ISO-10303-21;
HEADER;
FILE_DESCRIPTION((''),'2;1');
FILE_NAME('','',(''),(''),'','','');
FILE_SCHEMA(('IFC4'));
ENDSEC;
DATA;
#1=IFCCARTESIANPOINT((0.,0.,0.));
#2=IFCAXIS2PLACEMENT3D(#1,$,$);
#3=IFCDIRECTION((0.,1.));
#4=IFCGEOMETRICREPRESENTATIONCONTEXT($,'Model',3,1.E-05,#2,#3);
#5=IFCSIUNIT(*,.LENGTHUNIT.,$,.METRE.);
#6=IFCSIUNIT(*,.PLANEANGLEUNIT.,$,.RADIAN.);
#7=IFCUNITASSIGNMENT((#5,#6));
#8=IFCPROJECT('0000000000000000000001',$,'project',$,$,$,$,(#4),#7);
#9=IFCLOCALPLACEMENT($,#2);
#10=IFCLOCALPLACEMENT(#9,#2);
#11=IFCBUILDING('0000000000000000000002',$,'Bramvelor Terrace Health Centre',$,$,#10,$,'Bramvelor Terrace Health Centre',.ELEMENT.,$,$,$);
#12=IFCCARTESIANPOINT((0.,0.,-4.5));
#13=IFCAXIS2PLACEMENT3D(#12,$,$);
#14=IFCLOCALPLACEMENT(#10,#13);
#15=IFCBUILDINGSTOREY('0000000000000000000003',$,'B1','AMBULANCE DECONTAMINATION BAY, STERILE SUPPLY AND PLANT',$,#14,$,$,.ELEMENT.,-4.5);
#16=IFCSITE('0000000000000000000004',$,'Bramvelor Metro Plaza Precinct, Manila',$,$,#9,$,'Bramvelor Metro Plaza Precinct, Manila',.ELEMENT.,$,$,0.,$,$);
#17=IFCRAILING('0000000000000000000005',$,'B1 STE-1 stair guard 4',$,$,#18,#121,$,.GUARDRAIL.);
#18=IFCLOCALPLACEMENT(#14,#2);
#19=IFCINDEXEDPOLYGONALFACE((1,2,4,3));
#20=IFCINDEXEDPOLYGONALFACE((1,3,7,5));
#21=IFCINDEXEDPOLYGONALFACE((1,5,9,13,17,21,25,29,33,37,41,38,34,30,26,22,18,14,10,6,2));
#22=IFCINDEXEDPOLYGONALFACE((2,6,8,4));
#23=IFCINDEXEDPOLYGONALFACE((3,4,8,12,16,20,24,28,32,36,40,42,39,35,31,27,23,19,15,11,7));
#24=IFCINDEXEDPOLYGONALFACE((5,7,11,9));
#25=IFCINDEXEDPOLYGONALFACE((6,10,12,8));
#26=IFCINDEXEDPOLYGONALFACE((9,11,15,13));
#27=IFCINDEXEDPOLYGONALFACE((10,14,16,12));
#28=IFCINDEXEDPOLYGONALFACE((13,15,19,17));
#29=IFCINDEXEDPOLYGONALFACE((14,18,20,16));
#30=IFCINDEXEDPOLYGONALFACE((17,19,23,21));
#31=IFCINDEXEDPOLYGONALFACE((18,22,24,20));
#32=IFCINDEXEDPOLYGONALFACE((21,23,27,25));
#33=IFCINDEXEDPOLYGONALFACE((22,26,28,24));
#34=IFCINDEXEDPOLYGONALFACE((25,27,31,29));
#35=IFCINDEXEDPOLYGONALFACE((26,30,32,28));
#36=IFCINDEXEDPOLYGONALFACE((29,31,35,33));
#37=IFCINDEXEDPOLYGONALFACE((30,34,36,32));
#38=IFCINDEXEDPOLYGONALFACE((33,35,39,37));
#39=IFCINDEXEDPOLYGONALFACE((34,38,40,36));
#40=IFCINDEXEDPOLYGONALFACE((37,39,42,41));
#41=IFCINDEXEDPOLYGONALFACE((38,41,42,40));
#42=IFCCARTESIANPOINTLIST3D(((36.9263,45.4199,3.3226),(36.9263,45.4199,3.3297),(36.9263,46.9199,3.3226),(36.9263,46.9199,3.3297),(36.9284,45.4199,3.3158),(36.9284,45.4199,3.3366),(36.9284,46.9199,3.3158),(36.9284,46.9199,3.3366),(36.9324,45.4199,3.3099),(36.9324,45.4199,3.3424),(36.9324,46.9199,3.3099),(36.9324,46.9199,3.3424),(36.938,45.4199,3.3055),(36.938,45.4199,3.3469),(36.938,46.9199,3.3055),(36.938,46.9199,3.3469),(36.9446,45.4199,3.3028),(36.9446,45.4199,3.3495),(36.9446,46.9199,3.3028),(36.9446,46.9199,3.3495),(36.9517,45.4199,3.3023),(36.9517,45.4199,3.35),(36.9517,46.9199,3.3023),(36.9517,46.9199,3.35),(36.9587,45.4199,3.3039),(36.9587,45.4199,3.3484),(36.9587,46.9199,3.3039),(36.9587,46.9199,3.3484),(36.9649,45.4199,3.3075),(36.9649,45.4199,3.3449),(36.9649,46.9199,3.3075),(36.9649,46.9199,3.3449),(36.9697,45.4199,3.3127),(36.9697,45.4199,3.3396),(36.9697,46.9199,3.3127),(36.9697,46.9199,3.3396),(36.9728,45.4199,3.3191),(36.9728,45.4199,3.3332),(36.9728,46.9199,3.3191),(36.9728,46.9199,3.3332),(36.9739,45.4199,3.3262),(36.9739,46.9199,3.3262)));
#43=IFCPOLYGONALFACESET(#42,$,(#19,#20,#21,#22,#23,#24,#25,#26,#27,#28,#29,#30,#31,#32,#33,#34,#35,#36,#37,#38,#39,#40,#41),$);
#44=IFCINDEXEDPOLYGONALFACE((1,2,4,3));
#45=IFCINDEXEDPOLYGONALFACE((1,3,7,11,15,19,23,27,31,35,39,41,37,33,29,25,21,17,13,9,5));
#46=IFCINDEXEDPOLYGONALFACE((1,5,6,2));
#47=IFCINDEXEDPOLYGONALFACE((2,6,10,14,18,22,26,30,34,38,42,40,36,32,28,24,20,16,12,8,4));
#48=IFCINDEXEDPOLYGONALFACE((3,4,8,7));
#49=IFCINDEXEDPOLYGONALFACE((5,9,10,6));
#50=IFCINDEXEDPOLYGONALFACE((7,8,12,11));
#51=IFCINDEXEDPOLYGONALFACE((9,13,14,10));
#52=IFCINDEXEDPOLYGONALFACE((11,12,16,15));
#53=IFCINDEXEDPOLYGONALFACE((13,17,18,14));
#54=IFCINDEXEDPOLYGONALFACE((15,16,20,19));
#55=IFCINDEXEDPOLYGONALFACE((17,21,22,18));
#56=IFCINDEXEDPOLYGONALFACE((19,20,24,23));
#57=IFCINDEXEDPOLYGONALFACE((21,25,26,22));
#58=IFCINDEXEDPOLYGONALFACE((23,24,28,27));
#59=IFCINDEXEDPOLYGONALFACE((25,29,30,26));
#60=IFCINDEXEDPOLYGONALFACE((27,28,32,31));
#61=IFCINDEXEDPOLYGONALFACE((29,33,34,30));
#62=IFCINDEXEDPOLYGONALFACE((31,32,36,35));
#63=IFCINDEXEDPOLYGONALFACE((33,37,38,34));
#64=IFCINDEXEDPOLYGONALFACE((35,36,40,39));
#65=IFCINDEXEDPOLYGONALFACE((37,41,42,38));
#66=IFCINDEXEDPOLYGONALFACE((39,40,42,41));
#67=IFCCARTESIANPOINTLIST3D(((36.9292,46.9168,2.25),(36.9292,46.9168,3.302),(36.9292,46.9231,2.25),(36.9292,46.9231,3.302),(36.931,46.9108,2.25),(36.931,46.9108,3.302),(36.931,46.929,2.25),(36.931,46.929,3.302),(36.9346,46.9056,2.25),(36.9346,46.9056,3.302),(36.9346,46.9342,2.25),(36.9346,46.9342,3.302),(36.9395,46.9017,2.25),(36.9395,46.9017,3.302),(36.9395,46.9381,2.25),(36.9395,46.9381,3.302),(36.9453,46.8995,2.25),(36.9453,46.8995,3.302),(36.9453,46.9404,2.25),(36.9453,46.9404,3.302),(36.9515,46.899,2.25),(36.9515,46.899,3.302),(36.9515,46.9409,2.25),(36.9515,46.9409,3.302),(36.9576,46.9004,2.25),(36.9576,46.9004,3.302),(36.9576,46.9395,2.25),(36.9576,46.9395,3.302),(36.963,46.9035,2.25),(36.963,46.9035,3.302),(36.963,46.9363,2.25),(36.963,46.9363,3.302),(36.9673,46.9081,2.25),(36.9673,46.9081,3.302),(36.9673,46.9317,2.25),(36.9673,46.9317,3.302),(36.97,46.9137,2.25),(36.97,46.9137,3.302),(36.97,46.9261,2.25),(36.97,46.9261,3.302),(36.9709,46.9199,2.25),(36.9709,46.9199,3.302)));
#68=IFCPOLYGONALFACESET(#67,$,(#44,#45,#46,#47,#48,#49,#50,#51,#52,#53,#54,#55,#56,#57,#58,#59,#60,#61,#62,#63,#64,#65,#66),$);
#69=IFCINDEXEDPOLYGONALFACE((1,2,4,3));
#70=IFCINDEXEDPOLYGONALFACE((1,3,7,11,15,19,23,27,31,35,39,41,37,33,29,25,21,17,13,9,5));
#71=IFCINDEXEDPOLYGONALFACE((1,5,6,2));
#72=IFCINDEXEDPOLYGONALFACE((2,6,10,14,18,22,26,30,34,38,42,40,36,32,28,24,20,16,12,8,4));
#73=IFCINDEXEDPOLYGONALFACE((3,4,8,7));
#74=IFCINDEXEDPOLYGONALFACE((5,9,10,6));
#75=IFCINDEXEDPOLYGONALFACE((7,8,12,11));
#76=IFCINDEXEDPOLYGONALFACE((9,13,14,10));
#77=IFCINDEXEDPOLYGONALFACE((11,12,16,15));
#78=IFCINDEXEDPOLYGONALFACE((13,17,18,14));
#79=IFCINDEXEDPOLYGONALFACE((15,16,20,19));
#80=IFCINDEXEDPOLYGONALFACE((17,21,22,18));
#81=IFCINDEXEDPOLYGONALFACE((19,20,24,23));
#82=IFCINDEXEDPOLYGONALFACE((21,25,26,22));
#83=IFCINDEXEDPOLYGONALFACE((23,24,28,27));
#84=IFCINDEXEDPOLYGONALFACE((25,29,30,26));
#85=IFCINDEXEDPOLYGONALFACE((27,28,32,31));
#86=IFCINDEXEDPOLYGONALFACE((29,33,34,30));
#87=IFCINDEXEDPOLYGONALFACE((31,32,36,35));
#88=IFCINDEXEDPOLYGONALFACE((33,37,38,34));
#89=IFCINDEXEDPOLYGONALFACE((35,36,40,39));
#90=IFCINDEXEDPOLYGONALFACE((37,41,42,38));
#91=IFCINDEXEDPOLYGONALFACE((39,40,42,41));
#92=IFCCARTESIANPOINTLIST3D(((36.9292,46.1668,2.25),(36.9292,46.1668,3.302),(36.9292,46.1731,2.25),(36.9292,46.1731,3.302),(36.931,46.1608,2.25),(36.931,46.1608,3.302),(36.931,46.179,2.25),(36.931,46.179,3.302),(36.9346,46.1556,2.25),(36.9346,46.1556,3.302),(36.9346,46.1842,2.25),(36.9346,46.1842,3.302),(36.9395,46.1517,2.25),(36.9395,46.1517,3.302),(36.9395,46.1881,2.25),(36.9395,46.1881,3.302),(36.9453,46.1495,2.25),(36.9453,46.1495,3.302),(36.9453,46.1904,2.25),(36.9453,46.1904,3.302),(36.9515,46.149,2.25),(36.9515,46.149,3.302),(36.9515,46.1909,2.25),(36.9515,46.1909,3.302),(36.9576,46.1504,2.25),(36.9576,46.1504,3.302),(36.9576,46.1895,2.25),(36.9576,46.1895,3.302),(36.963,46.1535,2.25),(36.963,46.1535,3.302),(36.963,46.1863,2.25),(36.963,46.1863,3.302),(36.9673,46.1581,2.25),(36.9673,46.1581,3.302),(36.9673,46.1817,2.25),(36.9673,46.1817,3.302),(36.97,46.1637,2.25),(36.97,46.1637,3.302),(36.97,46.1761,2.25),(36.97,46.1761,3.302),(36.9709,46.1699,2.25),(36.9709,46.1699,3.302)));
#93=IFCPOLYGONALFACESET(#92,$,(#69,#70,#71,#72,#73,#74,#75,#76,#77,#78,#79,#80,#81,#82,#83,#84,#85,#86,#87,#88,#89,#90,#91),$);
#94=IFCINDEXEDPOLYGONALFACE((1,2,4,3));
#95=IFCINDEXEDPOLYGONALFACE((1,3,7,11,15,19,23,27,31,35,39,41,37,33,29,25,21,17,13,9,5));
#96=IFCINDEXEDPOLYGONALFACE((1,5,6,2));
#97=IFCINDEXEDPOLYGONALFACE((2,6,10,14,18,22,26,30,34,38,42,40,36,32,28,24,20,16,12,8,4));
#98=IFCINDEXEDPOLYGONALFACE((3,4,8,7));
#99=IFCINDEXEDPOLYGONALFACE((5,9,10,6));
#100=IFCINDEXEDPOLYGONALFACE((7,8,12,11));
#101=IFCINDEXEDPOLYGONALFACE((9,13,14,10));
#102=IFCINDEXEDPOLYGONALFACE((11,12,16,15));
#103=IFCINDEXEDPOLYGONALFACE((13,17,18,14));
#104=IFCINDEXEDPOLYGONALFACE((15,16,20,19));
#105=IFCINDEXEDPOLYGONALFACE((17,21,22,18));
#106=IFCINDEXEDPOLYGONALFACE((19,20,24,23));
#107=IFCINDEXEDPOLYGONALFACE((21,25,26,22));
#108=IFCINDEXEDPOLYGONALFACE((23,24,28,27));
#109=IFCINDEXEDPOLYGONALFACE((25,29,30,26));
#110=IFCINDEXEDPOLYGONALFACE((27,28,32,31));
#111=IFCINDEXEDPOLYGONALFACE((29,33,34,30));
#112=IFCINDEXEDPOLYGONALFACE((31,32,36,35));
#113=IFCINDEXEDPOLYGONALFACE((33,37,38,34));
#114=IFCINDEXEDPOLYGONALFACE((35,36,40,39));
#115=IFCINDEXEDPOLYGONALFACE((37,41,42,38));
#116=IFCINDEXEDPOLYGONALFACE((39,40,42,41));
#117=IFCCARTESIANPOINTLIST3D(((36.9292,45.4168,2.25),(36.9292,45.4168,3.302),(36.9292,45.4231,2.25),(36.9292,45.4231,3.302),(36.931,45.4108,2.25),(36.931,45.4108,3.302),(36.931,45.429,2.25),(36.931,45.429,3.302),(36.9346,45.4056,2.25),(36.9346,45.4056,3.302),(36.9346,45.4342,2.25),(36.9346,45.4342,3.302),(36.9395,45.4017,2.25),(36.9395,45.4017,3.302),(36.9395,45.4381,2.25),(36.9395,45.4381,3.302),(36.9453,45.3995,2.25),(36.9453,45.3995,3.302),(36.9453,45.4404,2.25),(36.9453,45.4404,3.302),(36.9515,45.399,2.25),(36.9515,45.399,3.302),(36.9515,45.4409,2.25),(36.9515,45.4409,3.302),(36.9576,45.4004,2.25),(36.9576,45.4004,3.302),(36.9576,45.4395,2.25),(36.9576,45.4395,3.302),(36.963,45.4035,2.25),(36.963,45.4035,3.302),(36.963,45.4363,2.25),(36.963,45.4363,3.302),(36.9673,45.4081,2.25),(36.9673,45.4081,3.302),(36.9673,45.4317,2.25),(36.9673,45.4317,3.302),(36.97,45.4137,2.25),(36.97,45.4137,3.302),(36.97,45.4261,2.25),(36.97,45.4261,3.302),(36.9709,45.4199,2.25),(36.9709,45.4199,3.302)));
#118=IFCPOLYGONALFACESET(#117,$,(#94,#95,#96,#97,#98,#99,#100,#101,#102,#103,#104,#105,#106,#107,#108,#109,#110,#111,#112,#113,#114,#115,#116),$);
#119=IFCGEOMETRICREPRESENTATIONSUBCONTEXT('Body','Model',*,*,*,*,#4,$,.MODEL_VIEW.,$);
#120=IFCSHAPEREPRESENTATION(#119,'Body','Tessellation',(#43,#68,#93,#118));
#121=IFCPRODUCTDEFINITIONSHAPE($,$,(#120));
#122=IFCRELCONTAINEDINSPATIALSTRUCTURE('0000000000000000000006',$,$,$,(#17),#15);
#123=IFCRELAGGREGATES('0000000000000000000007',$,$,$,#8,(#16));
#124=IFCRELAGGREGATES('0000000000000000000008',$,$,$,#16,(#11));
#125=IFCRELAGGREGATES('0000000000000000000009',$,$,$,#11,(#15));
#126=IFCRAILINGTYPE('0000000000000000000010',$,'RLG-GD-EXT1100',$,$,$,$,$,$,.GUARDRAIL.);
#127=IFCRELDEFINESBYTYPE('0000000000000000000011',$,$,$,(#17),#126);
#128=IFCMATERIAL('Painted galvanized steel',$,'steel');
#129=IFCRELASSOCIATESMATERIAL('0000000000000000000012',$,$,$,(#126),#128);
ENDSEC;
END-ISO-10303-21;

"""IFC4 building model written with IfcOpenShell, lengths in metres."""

from ifc_helpers import new_model, si_unit, direction, frame, origin, origin_2d, place, context, subcontext, project, spatial, circle, extrude, material, type_object, element, save


model = new_model("IFC4")

# Units and contexts
model_context = context("Model", 3, precision=1e-05, world=origin(), true_north=direction((0.0, 1.0)))
body_context = subcontext(model_context, "Body", "Model", "MODEL_VIEW")
ifc_project = project(units=[si_unit("LENGTHUNIT", "METRE"), si_unit("PLANEANGLEUNIT", "RADIAN")], contexts=[model_context])

# Site, building, storey
site_placement = place(None, origin())
site = spatial("IfcSite", under=ifc_project, at=site_placement, Name="Bramvelor Metro Plaza Precinct, Manila", LongName="Bramvelor Metro Plaza Precinct, Manila", CompositionType="ELEMENT", RefElevation=0.0)
building_placement = place(site_placement, origin())
building = spatial("IfcBuilding", under=site, at=building_placement, Name="Bramvelor Terrace Health Centre", LongName="Bramvelor Terrace Health Centre", CompositionType="ELEMENT")
storey_placement = place(building_placement, frame((0.0, 0.0, -4.5)))
storey = spatial("IfcBuildingStorey", under=building, at=storey_placement, Name="B1", Description="AMBULANCE DECONTAMINATION BAY, STERILE SUPPLY AND PLANT", CompositionType="ELEMENT", Elevation=-4.5)

# Railing
ifc_material_1 = material(Name="Painted galvanized steel", Category="steel")
railing_type_1 = type_object("IfcRailingType", Name="RLG-GD-EXT1100", PredefinedType="GUARDRAIL", material=ifc_material_1)
for number, where, name in (
    (1, (36.95, 46.9199, 2.25), "B1 STE-1 stair guard 4"),
):
    element("IfcRailing", number, at=place(storey_placement, frame(where)), inside=storey, type_object=railing_type_1, Name=name, PredefinedType="GUARDRAIL", context=body_context, shape_type="SweptSolid", body=[
        extrude(circle(Radius=0.0239, at=origin_2d()), frame((0.0, 0.0, 1.0762), z_axis=(0.0, -1.0, 0.0), x_axis=(1.0, 0.0, 0.0)), (0.0, 0.0, 1.0), 1.5),
        extrude(circle(Radius=0.021, at=origin_2d()), origin(), (0.0, 0.0, 1.0), 1.052),
        extrude(circle(Radius=0.021, at=origin_2d()), frame((0.0, -0.75, 0.0)), (0.0, 0.0, 1.0), 1.052),
        extrude(circle(Radius=0.021, at=origin_2d()), frame((0.0, -1.5, 0.0)), (0.0, 0.0, 1.0), 1.052),
    ])

save(model, "model.ifc")
